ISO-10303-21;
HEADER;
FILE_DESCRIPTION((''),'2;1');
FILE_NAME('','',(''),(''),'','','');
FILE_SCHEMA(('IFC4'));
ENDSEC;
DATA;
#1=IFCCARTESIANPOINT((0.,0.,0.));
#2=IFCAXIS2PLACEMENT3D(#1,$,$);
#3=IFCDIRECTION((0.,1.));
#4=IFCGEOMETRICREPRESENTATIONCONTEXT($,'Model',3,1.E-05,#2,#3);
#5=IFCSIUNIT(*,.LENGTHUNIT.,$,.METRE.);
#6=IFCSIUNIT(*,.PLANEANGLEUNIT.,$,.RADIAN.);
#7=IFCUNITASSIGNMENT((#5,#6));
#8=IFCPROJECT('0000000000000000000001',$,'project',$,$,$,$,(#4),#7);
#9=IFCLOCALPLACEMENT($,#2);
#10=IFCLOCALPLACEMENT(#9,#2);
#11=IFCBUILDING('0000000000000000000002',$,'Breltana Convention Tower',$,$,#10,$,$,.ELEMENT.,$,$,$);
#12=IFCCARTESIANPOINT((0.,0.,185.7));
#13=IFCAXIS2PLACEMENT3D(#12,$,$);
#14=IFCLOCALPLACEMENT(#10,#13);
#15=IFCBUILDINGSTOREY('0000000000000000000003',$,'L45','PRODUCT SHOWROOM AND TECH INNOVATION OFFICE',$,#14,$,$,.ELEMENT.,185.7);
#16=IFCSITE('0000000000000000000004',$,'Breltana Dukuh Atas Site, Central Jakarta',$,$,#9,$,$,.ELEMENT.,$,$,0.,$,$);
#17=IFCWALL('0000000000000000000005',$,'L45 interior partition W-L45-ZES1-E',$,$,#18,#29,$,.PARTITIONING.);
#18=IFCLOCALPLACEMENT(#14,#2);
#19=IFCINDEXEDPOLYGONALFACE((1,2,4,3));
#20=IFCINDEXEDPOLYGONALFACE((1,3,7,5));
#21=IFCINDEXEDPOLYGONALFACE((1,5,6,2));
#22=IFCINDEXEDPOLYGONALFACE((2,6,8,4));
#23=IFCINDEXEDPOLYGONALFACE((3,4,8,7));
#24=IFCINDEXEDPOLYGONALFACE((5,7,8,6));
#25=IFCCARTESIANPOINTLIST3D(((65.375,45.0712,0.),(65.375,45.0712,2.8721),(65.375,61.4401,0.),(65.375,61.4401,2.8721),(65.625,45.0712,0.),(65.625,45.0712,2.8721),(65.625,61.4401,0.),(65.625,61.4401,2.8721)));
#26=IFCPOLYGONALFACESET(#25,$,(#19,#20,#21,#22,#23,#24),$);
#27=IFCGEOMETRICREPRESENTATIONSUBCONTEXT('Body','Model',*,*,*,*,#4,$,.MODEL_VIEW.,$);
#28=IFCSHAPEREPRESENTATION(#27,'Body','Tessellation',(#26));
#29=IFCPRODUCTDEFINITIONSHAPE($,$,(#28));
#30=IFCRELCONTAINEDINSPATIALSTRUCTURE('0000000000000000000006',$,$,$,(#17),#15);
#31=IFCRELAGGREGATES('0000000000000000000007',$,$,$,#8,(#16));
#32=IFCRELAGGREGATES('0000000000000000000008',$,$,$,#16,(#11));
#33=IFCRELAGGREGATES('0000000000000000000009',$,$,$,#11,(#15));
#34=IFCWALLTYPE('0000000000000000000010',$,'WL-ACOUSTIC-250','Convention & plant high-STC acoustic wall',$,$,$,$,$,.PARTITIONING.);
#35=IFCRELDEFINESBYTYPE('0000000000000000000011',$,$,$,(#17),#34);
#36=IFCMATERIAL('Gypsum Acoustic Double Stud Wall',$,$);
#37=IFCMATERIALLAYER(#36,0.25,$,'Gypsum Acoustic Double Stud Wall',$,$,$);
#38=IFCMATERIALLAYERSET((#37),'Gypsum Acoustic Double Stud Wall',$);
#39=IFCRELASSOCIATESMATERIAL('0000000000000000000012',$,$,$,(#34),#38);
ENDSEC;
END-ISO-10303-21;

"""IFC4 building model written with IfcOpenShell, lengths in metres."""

from ifc_helpers import new_model, si_unit, direction, frame, frame_2d, origin, place, context, subcontext, project, spatial, rectangle, extrude, source, transform, mapped, material, layer, layer_set, type_object, element, save


model = new_model("IFC4")

# Units and contexts
model_context = context("Model", 3, precision=1e-05, world=origin(), true_north=direction((0.0, 1.0)))
body_context = subcontext(model_context, "Body", "Model", "MODEL_VIEW")
ifc_project = project(units=[si_unit("LENGTHUNIT", "METRE"), si_unit("PLANEANGLEUNIT", "RADIAN")], contexts=[model_context])

# Site, building, storey
site_placement = place(None, origin())
site = spatial("IfcSite", under=ifc_project, at=site_placement, Name="Breltana Dukuh Atas Site, Central Jakarta", CompositionType="ELEMENT", RefElevation=0.0)
building_placement = place(site_placement, origin())
building = spatial("IfcBuilding", under=site, at=building_placement, Name="Breltana Convention Tower", CompositionType="ELEMENT")
storey_placement = place(building_placement, frame((0.0, 0.0, 185.7)))
storey = spatial("IfcBuildingStorey", under=building, at=storey_placement, Name="L45", Description="PRODUCT SHOWROOM AND TECH INNOVATION OFFICE", CompositionType="ELEMENT", Elevation=185.7)

# Wall
ifc_material_1 = material(Name="Gypsum Acoustic Double Stud Wall")
ifc_layer_1 = layer(ifc_material_1, 0.25, Name="Gypsum Acoustic Double Stud Wall")
ifc_layer_set_1 = layer_set([ifc_layer_1], Name="Gypsum Acoustic Double Stud Wall")
wall_type_1 = type_object("IfcWallType", Name="WL-ACOUSTIC-250", Description="Convention & plant high-STC acoustic wall", PredefinedType="PARTITIONING", material=ifc_layer_set_1)
shared_shape_1 = source(origin(), body_context, "Body", "SweptSolid", [
    extrude(rectangle(XDim=16.3689, YDim=0.25, at=frame_2d((8.1846, 0.0))), origin(), (0.0, 0.0, 1.0), 2.8721),
])
wall_1_placement = place(storey_placement, frame((65.5, 45.071, 0.0), z_axis=(0.0, 0.0, 1.0), x_axis=(0.0, 1.0, 0.0)))
element("IfcWall", 1, at=wall_1_placement, inside=storey, type_object=wall_type_1, Name="L45 interior partition W-L45-ZES1-E", PredefinedType="PARTITIONING", context=body_context, shape_type="MappedRepresentation", body=[
    mapped(shared_shape_1, transform((0.0, 0.0, 0.0), scale=1.0)),
])

save(model, "model.ifc")
